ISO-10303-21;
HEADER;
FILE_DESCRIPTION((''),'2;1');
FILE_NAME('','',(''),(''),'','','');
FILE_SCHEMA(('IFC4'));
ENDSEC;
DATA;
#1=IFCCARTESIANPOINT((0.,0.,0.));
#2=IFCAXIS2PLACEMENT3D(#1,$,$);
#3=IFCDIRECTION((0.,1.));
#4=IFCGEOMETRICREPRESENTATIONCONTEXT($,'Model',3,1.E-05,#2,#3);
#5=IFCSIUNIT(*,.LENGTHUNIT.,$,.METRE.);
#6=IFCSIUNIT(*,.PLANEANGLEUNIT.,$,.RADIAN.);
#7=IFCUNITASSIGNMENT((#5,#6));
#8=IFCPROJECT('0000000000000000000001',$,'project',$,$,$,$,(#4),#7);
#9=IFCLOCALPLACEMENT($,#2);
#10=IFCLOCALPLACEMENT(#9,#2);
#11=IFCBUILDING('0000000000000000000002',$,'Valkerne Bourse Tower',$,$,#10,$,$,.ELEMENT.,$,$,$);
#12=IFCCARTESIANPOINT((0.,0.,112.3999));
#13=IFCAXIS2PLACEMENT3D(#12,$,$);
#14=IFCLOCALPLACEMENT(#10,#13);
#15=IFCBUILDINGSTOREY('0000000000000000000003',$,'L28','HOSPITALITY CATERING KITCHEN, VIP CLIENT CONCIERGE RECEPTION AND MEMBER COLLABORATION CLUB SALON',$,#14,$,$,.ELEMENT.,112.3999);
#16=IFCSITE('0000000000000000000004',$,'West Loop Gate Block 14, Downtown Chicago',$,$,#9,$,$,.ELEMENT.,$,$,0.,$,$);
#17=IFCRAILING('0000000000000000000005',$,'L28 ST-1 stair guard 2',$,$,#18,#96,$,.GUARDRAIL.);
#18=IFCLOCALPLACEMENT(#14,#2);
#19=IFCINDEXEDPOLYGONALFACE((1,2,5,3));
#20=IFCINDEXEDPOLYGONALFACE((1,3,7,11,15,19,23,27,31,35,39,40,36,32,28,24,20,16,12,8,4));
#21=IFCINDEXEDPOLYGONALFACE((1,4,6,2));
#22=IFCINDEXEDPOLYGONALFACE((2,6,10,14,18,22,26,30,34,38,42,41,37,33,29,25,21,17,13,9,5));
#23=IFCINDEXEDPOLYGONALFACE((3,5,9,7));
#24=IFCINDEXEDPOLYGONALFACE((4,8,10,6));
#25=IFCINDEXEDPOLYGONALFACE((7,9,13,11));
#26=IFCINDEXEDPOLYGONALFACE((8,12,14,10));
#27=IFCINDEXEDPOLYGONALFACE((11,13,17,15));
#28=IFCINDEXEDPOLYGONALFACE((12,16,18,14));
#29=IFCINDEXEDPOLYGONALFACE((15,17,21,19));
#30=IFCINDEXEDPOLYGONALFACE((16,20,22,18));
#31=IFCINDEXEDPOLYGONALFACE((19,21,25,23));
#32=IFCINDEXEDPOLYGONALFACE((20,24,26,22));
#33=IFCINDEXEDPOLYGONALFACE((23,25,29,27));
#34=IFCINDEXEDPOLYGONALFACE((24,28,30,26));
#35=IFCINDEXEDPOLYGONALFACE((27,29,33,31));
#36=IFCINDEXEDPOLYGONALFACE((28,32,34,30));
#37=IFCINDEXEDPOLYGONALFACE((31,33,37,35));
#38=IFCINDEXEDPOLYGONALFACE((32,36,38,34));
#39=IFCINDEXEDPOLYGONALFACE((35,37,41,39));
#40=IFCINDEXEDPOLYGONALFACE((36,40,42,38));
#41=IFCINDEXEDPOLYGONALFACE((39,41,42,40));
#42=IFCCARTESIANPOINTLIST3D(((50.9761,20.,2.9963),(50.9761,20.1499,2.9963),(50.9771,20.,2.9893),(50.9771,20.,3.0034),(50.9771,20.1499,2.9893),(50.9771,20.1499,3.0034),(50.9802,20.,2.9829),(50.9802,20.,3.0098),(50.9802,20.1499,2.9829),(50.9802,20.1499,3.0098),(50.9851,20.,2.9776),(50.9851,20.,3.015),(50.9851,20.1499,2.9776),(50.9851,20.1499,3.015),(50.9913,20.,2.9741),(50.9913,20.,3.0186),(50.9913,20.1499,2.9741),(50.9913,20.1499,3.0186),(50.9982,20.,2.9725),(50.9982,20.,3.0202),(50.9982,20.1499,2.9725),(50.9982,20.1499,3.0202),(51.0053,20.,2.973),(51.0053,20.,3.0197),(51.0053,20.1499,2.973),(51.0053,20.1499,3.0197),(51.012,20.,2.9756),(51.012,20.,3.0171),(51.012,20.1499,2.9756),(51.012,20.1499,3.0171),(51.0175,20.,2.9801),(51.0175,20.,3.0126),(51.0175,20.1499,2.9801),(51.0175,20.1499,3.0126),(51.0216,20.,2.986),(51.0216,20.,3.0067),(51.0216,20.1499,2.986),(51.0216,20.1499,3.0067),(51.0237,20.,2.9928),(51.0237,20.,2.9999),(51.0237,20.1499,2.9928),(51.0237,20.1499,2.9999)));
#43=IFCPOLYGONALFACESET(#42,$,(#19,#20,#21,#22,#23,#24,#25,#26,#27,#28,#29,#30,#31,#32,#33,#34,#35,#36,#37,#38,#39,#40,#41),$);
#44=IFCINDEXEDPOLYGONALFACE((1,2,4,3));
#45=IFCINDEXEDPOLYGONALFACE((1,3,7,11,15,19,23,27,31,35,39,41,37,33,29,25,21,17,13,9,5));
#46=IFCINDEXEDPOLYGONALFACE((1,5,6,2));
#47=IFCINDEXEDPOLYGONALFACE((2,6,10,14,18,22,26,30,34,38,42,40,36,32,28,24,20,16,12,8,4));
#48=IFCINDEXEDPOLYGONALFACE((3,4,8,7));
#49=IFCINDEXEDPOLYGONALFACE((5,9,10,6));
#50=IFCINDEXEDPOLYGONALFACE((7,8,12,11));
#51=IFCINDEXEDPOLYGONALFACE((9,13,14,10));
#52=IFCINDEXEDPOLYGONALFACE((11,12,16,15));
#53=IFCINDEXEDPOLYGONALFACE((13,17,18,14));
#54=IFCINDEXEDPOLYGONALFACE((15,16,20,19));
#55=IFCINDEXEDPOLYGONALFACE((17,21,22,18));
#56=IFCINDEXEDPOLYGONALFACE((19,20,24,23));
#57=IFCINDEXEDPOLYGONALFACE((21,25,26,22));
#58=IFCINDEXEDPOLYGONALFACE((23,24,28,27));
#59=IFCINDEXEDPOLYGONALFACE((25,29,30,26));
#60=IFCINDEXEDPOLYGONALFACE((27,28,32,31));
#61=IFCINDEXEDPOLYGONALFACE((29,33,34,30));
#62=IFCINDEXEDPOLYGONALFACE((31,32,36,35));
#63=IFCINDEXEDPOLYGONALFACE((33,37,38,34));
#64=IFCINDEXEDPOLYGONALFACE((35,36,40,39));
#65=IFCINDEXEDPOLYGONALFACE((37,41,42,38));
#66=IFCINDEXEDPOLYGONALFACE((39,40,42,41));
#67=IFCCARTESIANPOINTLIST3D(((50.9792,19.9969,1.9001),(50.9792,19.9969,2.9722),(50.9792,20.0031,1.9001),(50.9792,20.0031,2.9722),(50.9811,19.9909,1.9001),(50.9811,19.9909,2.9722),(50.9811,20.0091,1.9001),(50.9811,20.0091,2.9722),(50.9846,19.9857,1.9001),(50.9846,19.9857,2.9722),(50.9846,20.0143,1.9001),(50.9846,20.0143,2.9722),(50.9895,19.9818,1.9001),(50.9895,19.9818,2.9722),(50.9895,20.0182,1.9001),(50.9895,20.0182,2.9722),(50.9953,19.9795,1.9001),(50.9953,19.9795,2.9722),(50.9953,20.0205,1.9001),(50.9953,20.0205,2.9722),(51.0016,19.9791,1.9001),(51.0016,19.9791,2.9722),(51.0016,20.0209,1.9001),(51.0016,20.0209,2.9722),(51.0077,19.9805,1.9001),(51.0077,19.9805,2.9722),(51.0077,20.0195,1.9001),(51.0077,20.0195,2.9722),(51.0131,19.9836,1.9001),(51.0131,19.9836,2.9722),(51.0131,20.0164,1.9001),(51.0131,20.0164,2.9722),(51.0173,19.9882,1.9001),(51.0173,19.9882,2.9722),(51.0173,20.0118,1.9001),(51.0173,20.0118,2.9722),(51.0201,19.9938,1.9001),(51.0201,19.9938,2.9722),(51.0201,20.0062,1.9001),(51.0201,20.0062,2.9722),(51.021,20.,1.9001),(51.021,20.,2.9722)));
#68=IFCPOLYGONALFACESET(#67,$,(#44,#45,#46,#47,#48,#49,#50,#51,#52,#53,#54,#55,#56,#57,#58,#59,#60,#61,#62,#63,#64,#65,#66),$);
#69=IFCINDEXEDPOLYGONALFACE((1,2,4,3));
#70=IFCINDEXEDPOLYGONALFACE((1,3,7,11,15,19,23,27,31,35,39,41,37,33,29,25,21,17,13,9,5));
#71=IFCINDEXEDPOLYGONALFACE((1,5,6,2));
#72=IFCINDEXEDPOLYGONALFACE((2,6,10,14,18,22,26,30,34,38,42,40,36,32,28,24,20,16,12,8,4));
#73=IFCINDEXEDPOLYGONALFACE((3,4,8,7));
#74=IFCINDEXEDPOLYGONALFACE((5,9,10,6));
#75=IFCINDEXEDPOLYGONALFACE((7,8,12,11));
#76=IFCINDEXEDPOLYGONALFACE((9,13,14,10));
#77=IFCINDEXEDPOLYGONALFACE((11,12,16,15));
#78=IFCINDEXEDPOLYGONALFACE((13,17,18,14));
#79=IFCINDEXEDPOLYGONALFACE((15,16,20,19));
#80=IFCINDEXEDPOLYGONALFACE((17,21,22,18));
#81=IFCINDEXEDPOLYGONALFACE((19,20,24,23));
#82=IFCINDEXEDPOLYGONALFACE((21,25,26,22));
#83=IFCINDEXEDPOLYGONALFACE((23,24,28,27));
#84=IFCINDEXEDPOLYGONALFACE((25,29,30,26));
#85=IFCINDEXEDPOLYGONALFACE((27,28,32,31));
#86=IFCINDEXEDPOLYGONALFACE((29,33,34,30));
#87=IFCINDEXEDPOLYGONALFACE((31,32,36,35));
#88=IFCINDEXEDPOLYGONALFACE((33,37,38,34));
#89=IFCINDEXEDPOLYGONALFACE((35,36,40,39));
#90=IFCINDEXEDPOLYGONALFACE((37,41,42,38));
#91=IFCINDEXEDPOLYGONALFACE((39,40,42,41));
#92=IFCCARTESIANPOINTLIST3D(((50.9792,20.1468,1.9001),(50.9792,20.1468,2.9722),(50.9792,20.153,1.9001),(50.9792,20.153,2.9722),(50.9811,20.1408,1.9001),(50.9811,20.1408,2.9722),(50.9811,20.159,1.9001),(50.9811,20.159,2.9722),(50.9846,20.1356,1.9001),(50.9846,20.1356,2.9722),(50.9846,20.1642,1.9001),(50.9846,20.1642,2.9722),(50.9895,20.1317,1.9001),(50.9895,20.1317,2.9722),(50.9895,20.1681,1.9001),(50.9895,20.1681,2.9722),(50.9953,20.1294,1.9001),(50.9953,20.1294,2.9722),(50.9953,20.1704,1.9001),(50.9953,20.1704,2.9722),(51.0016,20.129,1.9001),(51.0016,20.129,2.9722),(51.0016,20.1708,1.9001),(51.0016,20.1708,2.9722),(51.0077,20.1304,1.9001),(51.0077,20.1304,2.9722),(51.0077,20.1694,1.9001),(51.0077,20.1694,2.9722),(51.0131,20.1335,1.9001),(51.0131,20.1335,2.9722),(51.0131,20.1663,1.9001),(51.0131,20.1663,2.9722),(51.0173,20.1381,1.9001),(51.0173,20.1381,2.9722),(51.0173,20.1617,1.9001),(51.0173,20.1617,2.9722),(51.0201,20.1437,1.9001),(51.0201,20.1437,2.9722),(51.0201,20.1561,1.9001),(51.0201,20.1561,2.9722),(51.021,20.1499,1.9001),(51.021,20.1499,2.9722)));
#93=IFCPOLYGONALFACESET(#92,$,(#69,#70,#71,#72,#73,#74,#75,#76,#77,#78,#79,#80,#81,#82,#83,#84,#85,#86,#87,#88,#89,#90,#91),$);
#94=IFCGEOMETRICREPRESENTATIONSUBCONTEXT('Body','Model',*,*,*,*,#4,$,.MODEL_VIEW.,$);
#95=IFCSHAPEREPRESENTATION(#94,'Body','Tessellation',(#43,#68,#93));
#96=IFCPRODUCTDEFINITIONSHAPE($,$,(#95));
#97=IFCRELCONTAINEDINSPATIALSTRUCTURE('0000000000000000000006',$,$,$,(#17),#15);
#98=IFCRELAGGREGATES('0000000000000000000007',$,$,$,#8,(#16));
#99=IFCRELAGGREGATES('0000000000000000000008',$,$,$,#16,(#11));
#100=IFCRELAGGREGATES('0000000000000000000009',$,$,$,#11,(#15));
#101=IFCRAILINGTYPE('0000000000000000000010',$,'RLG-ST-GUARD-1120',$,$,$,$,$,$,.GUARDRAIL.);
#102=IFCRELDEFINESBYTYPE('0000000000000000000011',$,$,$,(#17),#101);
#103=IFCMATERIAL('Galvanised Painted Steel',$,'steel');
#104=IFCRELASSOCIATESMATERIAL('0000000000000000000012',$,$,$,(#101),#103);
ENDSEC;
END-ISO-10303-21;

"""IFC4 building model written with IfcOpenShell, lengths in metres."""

from ifc_helpers import new_model, si_unit, direction, frame, origin, origin_2d, place, context, subcontext, project, spatial, circle, extrude, material, type_object, element, save


model = new_model("IFC4")

# Units and contexts
model_context = context("Model", 3, precision=1e-05, world=origin(), true_north=direction((0.0, 1.0)))
body_context = subcontext(model_context, "Body", "Model", "MODEL_VIEW")
ifc_project = project(units=[si_unit("LENGTHUNIT", "METRE"), si_unit("PLANEANGLEUNIT", "RADIAN")], contexts=[model_context])

# Site, building, storey
site_placement = place(None, origin())
site = spatial("IfcSite", under=ifc_project, at=site_placement, Name="West Loop Gate Block 14, Downtown Chicago", CompositionType="ELEMENT", RefElevation=0.0)
building_placement = place(site_placement, origin())
building = spatial("IfcBuilding", under=site, at=building_placement, Name="Valkerne Bourse Tower", CompositionType="ELEMENT")
storey_placement = place(building_placement, frame((0.0, 0.0, 112.3999)))
storey = spatial("IfcBuildingStorey", under=building, at=storey_placement, Name="L28", Description="HOSPITALITY CATERING KITCHEN, VIP CLIENT CONCIERGE RECEPTION AND MEMBER COLLABORATION CLUB SALON", CompositionType="ELEMENT", Elevation=112.3999)

# Shared definitions
ifc_material_1 = material(Name="Galvanised Painted Steel", Category="steel")

# Railing
railing_type_1 = type_object("IfcRailingType", Name="RLG-ST-GUARD-1120", PredefinedType="GUARDRAIL", material=ifc_material_1)
railing_1_placement = place(storey_placement, frame((51.0, 20.0, 1.9001)))
element("IfcRailing", 1, at=railing_1_placement, inside=storey, type_object=railing_type_1, Name="L28 ST-1 stair guard 2", PredefinedType="GUARDRAIL", context=body_context, shape_type="SweptSolid", body=[
    extrude(circle(Radius=0.0239, at=origin_2d()), frame((0.0, 0.0, 1.0962), z_axis=(0.0, 1.0, 0.0), x_axis=(-1.0, 0.0, 0.0)), (0.0, 0.0, 1.0), 0.1499),
    extrude(circle(Radius=0.021, at=origin_2d()), origin(), (0.0, 0.0, 1.0), 1.072),
    extrude(circle(Radius=0.021, at=origin_2d()), frame((0.0, 0.1499, 0.0)), (0.0, 0.0, 1.0), 1.072),
])

save(model, "model.ifc")
